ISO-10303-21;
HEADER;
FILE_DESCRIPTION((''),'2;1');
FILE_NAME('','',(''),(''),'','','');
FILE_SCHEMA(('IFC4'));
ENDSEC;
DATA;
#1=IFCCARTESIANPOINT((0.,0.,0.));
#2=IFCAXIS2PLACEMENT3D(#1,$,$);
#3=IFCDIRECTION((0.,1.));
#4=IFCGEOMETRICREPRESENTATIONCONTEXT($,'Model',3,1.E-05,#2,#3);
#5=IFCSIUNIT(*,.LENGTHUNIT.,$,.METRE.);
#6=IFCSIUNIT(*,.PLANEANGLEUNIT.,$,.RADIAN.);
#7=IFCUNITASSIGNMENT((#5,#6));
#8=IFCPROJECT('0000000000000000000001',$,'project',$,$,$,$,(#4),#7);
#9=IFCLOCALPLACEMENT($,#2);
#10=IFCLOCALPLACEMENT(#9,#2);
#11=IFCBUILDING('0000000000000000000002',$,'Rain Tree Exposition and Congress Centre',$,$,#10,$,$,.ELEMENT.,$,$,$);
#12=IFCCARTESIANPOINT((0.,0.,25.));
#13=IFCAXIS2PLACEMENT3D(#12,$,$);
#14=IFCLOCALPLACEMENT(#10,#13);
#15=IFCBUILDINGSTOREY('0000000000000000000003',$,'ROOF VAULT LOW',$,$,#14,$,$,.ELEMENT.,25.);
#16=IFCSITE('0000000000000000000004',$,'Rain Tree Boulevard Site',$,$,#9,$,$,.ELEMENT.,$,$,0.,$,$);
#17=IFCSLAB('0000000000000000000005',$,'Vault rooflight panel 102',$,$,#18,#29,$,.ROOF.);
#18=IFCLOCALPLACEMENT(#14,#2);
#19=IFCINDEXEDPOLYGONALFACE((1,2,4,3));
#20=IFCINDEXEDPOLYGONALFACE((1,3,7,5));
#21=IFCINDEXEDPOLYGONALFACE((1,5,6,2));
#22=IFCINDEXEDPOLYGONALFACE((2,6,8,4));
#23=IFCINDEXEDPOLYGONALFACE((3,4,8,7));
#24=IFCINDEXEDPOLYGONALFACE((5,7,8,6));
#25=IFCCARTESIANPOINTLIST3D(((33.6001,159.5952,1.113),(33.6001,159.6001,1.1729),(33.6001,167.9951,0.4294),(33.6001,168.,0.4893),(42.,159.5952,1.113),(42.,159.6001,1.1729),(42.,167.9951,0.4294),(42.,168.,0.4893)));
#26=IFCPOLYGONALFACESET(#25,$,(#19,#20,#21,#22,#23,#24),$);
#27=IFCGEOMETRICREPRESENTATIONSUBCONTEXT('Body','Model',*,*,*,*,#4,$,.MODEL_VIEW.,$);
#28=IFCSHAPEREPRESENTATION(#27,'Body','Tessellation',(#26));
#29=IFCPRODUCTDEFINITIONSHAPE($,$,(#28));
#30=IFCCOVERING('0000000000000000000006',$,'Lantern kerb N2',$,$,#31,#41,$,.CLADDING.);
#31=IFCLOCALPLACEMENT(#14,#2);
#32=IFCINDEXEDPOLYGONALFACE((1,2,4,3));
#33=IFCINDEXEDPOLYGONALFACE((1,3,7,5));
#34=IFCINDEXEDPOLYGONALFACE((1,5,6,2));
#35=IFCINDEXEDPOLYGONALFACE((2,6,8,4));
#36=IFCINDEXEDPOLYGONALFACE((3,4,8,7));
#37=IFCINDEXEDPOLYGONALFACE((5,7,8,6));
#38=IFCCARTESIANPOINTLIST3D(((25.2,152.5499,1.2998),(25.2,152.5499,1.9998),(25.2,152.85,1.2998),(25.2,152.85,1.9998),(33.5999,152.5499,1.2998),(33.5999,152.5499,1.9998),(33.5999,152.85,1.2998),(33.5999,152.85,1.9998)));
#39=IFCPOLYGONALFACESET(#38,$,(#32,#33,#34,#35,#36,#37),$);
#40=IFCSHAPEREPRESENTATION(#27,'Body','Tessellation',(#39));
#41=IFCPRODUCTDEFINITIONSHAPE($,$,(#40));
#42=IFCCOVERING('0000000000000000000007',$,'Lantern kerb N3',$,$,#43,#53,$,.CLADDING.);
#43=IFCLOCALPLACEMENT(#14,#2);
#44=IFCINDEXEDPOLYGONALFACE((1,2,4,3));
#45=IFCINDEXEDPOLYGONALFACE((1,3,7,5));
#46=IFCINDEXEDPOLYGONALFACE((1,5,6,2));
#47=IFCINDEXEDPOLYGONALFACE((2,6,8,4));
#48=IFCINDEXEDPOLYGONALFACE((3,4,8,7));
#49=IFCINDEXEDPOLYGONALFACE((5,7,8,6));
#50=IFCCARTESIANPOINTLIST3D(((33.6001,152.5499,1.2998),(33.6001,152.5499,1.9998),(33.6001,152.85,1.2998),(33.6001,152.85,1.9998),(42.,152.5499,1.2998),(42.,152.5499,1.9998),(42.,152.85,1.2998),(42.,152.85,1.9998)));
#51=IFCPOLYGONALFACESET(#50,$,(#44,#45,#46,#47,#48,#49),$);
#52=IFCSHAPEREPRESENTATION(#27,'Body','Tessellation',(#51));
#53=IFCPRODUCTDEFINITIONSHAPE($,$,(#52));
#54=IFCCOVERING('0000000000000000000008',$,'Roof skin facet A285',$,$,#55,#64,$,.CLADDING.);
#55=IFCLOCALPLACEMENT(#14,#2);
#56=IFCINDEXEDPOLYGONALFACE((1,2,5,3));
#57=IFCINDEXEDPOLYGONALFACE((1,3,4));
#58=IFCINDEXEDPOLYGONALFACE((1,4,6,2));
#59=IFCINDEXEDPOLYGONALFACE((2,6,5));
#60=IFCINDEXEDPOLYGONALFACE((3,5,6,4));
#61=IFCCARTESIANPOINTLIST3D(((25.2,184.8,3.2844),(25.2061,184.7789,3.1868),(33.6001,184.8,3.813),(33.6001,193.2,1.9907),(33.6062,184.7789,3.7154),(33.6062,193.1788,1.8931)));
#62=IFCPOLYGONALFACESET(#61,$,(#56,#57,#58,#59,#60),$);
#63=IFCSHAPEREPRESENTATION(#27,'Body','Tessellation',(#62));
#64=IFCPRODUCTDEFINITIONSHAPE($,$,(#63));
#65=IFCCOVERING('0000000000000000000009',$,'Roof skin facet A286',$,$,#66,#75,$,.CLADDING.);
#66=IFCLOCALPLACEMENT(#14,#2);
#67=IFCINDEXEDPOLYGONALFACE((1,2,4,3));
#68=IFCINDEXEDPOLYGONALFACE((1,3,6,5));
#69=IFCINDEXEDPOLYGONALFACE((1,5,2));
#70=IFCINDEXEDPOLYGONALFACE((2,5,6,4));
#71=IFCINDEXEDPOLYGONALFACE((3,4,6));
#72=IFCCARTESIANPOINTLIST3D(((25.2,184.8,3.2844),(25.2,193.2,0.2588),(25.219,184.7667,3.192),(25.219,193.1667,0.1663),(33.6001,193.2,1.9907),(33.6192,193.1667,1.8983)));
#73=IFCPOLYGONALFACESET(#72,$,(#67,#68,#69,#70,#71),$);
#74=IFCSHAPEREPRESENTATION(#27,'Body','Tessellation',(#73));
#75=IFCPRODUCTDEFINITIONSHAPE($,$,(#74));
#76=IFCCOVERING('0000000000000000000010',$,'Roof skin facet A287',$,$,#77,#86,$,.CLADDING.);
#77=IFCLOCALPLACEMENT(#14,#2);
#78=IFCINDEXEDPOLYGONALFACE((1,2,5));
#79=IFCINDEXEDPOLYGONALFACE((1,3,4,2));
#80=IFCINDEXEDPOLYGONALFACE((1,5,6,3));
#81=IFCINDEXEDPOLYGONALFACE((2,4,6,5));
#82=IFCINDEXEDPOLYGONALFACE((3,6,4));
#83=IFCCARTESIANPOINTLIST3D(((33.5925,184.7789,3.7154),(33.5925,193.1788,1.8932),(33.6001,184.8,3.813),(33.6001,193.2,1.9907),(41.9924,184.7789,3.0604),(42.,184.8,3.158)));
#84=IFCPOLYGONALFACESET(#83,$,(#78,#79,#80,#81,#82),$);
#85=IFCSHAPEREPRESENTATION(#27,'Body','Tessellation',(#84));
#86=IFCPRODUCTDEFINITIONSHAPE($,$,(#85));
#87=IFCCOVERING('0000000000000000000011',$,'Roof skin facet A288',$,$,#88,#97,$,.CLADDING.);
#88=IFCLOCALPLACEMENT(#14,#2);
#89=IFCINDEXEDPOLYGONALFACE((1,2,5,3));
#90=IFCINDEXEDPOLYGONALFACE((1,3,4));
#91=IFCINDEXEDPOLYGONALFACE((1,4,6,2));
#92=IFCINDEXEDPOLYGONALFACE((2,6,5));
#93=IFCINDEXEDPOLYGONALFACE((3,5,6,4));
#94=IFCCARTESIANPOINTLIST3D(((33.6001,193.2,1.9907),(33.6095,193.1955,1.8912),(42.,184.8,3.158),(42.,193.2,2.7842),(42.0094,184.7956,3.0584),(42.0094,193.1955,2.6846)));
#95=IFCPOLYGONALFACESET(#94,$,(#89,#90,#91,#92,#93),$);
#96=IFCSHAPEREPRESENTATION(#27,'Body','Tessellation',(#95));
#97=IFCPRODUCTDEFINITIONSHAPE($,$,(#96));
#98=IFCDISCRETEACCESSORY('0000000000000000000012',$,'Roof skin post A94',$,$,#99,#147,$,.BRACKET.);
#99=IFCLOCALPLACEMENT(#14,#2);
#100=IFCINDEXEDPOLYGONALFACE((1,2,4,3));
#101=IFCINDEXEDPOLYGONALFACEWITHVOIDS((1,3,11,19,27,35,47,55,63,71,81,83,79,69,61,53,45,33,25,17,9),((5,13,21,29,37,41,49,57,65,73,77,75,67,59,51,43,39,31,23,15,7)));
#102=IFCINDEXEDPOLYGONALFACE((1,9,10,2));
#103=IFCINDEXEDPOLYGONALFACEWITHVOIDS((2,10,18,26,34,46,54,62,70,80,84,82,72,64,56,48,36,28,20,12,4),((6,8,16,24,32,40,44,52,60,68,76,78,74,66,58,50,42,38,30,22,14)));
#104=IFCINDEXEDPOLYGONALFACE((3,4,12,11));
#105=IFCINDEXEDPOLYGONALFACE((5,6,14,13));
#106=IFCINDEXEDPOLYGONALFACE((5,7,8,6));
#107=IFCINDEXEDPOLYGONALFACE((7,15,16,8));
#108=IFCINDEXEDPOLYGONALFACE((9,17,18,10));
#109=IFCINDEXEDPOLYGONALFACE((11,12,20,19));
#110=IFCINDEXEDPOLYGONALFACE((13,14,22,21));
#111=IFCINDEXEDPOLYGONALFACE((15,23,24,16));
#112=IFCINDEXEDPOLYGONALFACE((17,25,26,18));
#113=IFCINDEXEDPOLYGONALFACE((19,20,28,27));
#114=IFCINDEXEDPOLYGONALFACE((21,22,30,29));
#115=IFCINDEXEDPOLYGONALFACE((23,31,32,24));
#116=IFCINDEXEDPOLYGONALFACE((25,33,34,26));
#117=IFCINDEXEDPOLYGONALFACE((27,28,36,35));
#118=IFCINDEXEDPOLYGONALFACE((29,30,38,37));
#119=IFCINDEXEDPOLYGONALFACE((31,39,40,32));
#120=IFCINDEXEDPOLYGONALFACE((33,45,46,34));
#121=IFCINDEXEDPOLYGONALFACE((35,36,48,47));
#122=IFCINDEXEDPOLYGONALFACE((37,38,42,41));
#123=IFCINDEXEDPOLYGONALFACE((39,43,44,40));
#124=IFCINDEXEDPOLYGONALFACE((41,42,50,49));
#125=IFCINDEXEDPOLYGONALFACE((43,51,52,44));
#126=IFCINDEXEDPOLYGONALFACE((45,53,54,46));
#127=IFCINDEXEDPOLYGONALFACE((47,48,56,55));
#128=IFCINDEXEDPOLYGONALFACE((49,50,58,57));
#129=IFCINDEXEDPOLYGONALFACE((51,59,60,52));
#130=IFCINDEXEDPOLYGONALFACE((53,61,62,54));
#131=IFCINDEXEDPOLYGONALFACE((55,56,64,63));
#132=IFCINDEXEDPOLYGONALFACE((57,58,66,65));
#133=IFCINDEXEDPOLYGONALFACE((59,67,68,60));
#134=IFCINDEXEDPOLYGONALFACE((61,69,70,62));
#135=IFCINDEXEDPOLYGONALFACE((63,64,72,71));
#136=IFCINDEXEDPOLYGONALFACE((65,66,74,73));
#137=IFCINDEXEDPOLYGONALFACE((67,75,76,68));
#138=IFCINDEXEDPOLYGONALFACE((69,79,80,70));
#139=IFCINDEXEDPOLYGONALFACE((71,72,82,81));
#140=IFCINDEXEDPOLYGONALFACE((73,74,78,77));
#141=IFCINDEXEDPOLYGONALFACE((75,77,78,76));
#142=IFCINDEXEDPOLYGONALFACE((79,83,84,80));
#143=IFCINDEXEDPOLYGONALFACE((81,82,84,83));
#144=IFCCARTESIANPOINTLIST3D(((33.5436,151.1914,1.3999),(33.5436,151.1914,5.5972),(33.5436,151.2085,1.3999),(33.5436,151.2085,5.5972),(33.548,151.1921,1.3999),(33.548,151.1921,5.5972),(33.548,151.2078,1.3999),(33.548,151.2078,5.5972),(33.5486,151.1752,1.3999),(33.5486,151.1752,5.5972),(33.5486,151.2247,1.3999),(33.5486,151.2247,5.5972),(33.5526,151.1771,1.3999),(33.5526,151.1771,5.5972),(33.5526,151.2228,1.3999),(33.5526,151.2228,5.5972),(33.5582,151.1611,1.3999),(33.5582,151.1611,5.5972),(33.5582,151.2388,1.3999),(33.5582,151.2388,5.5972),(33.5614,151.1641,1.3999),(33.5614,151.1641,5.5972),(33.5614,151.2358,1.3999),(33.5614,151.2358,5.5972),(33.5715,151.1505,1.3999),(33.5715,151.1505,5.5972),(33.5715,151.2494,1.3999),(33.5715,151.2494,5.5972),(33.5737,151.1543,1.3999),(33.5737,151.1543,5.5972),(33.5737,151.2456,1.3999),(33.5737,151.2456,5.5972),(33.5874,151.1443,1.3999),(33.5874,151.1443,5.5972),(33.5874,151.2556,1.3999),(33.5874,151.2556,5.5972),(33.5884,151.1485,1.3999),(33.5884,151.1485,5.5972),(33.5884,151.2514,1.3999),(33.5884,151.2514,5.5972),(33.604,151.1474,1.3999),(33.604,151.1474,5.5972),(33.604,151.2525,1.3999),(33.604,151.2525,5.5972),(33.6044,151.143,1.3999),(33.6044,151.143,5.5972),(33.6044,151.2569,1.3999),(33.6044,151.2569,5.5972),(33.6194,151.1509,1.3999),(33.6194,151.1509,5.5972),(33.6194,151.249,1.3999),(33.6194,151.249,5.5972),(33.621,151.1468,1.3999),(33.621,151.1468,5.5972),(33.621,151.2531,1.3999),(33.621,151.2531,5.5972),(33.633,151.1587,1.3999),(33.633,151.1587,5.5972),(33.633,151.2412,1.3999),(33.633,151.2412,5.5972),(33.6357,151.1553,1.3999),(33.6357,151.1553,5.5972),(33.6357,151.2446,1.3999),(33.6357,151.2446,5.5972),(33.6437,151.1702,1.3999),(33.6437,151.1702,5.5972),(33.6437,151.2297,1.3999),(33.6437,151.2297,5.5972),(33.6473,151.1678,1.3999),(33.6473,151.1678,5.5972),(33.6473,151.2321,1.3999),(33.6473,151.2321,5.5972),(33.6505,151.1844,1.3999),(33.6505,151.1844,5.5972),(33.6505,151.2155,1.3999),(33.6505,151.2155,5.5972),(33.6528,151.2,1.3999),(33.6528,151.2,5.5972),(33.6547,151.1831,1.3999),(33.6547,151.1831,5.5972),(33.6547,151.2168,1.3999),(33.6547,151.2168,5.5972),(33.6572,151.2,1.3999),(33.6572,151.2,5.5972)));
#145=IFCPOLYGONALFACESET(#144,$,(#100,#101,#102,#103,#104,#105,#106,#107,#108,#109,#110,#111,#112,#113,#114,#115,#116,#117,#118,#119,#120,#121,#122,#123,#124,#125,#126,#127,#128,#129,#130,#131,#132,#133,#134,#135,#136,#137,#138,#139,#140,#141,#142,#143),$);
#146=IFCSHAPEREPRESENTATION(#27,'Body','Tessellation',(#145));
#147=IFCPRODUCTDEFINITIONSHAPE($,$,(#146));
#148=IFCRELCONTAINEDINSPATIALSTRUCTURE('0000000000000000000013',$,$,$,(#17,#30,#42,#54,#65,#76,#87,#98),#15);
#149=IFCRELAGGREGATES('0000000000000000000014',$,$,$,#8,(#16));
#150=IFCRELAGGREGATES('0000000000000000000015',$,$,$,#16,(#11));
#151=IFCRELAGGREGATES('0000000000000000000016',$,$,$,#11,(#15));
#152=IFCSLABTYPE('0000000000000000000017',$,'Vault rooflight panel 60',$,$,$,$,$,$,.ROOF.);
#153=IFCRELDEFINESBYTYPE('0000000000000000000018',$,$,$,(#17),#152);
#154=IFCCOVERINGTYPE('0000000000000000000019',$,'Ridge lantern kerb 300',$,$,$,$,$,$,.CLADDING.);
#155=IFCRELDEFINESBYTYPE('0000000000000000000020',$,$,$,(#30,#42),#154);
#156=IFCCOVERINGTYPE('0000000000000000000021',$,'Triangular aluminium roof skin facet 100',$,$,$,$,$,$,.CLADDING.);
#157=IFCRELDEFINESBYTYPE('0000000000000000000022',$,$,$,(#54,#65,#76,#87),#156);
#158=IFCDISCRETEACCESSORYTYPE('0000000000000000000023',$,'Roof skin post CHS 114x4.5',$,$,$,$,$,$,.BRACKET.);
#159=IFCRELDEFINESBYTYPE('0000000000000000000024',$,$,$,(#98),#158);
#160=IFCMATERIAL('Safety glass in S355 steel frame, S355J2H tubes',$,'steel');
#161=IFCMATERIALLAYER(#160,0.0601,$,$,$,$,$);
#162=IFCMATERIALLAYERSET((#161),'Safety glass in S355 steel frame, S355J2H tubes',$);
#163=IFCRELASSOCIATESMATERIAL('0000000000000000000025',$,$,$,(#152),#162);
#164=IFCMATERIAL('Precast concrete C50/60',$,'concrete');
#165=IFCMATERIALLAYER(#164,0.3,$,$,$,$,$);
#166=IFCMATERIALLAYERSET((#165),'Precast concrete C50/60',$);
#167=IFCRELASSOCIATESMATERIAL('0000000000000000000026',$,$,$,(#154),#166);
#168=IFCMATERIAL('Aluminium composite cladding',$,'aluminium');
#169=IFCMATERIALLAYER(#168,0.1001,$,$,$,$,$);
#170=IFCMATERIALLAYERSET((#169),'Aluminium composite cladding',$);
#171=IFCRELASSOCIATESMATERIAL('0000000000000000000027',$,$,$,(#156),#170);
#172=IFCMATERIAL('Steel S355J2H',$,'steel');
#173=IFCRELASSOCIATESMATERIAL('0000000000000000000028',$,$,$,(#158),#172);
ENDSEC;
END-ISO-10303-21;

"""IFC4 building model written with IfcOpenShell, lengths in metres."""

from ifc_helpers import new_model, si_unit, direction, frame, origin, origin_2d, place, context, subcontext, project, spatial, polyline, rectangle, hollow_circle, outline, extrude, material, layer, layer_set, material_profile, profile_set, type_object, element, save


model = new_model("IFC4")

# Units and contexts
model_context = context("Model", 3, precision=1e-05, world=origin(), true_north=direction((0.0, 1.0)))
body_context = subcontext(model_context, "Body", "Model", "MODEL_VIEW")
ifc_project = project(units=[si_unit("LENGTHUNIT", "METRE"), si_unit("PLANEANGLEUNIT", "RADIAN")], contexts=[model_context])

# Site, building, storey
site_placement = place(None, origin())
site = spatial("IfcSite", under=ifc_project, at=site_placement, Name="Rain Tree Boulevard Site", CompositionType="ELEMENT", RefElevation=0.0)
building_placement = place(site_placement, origin())
building = spatial("IfcBuilding", under=site, at=building_placement, Name="Rain Tree Exposition and Congress Centre", CompositionType="ELEMENT")
storey_placement = place(building_placement, frame((0.0, 0.0, 25.0)))
storey = spatial("IfcBuildingStorey", under=building, at=storey_placement, Name="ROOF VAULT LOW", CompositionType="ELEMENT", Elevation=25.0)

# Slab
ifc_material_1 = material(Name="Safety glass in S355 steel frame, S355J2H tubes", Category="steel")
ifc_layer_1 = layer(ifc_material_1, 0.0601)
ifc_layer_set_1 = layer_set([ifc_layer_1], Name="Safety glass in S355 steel frame, S355J2H tubes")
slab_type_1 = type_object("IfcSlabType", Name="Vault rooflight panel 60", PredefinedType="ROOF", material=ifc_layer_set_1)
slab_1_placement = place(storey_placement, frame((33.6001, 159.6001, 1.1729), z_axis=(0.0, 0.081113, 0.996705), x_axis=(1.0, 0.0, 0.0)))
element("IfcSlab", 1, at=slab_1_placement, inside=storey, type_object=slab_type_1, Name="Vault rooflight panel 102", PredefinedType="ROOF", context=body_context, shape_type="SweptSolid", body=[
    extrude(outline(polyline([(0.0, 0.0), (8.3999, 0.0), (8.3999, 8.4277), (0.0, 8.4277), (0.0, 0.0)])), origin(), (0.0, 0.0, -1.0), 0.0601),
])

# Coverings
ifc_material_2 = material(Name="Precast concrete C50/60", Category="concrete")
ifc_layer_2 = layer(ifc_material_2, 0.3)
ifc_layer_set_2 = layer_set([ifc_layer_2], Name="Precast concrete C50/60")
covering_type_1 = type_object("IfcCoveringType", Name="Ridge lantern kerb 300", PredefinedType="CLADDING", material=ifc_layer_set_2)
for number, where, z_axis, x_axis, name in (
    (2, (29.3999, 152.7, 1.2998), (0.0, 0.0, 1.0), (1.0, 0.0, 0.0), "Lantern kerb N2"),
    (3, (37.8, 152.7, 1.2998), (0.0, 0.0, 1.0), (1.0, 0.0, 0.0), "Lantern kerb N3"),
):
    element("IfcCovering", number, at=place(storey_placement, frame(where, z_axis=z_axis, x_axis=x_axis)), inside=storey, type_object=covering_type_1, Name=name, PredefinedType="CLADDING", context=body_context, shape_type="SweptSolid", body=[
        extrude(rectangle(XDim=8.3999, YDim=0.3, at=origin_2d()), origin(), (0.0, 0.0, 1.0), 0.7),
    ])
ifc_material_3 = material(Name="Aluminium composite cladding", Category="aluminium")
ifc_layer_3 = layer(ifc_material_3, 0.1001)
ifc_layer_set_3 = layer_set([ifc_layer_3], Name="Aluminium composite cladding")
covering_type_2 = type_object("IfcCoveringType", Name="Triangular aluminium roof skin facet 100", PredefinedType="CLADDING", material=ifc_layer_set_3)
covering_1_placement = place(storey_placement, frame((25.2, 184.8, 3.2844), z_axis=(-0.061377, 0.211608, 0.975426), x_axis=(0.998026, 0.0, 0.062799)))
element("IfcCovering", 4, at=covering_1_placement, inside=storey, type_object=covering_type_2, Name="Roof skin facet A285", PredefinedType="CLADDING", context=body_context, shape_type="SweptSolid", body=[
    extrude(outline(polyline([(0.0, 0.0), (8.4168, 0.0), (8.3023, 8.5945), (0.0, 0.0)])), origin(), (0.0, 0.0, -1.0), 0.1001),
])
covering_2_placement = place(storey_placement, frame((25.2, 184.8, 3.2844), z_axis=(-0.190429, 0.332684, 0.923612), x_axis=(0.702961, 0.70294, -0.108263)))
element("IfcCovering", 5, at=covering_2_placement, inside=storey, type_object=covering_type_2, Name="Roof skin facet A286", PredefinedType="CLADDING", context=body_context, shape_type="SweptSolid", body=[
    extrude(outline(polyline([(0.0, 0.0), (11.9497, 0.0), (6.2322, 6.3932), (0.0, 0.0)])), origin(), (0.0, 0.0, -1.0), 0.1001),
])
covering_3_placement = place(storey_placement, frame((33.6001, 184.8, 3.813), z_axis=(0.075988, 0.211394, 0.974443), x_axis=(0.996973, 0.0, -0.077745)))
element("IfcCovering", 6, at=covering_3_placement, inside=storey, type_object=covering_type_2, Name="Roof skin facet A287", PredefinedType="CLADDING", context=body_context, shape_type="SweptSolid", body=[
    extrude(outline(polyline([(0.0, 0.0), (8.4254, 0.0), (0.1417, 8.5941), (0.0, 0.0)])), origin(), (0.0, 0.0, -1.0), 0.1001),
])
covering_4_placement = place(storey_placement, frame((42.0, 184.8, 3.158), z_axis=(-0.093949, 0.044257, 0.994593), x_axis=(0.0, 0.999011, -0.044454)))
element("IfcCovering", 7, at=covering_4_placement, inside=storey, type_object=covering_type_2, Name="Roof skin facet A288", PredefinedType="CLADDING", context=body_context, shape_type="SweptSolid", body=[
    extrude(outline(polyline([(0.0, 0.0), (8.4082, 0.0), (8.4435, 8.4372), (0.0, 0.0)])), origin(), (0.0, 0.0, -1.0), 0.1001),
])

# Discrete accessory
ifc_material_4 = material(Name="Steel S355J2H", Category="steel")
ifc_material_profile_1 = material_profile(ifc_material_4, hollow_circle(Radius=0.0571, WallThickness=0.0044, at=origin_2d()), Name="CHS 114x4.5")
ifc_profile_set_1 = profile_set([ifc_material_profile_1], Name="Steel S355J2H")
discrete_accessory_type = type_object("IfcDiscreteAccessoryType", Name="Roof skin post CHS 114x4.5", PredefinedType="BRACKET", material=ifc_profile_set_1)
discrete_accessory_1_placement = place(storey_placement, frame((33.6001, 151.2, 1.3999), z_axis=(0.0, 0.0, 1.0), x_axis=(1.0, 0.0, 0.0)))
element("IfcDiscreteAccessory", 8, at=discrete_accessory_1_placement, inside=storey, type_object=discrete_accessory_type, Name="Roof skin post A94", PredefinedType="BRACKET", context=body_context, shape_type="SweptSolid", body=[
    extrude(hollow_circle(Radius=0.0571, WallThickness=0.0044, at=origin_2d()), origin(), (0.0, 0.0, 1.0), 4.1973),
])

save(model, "model.ifc")
